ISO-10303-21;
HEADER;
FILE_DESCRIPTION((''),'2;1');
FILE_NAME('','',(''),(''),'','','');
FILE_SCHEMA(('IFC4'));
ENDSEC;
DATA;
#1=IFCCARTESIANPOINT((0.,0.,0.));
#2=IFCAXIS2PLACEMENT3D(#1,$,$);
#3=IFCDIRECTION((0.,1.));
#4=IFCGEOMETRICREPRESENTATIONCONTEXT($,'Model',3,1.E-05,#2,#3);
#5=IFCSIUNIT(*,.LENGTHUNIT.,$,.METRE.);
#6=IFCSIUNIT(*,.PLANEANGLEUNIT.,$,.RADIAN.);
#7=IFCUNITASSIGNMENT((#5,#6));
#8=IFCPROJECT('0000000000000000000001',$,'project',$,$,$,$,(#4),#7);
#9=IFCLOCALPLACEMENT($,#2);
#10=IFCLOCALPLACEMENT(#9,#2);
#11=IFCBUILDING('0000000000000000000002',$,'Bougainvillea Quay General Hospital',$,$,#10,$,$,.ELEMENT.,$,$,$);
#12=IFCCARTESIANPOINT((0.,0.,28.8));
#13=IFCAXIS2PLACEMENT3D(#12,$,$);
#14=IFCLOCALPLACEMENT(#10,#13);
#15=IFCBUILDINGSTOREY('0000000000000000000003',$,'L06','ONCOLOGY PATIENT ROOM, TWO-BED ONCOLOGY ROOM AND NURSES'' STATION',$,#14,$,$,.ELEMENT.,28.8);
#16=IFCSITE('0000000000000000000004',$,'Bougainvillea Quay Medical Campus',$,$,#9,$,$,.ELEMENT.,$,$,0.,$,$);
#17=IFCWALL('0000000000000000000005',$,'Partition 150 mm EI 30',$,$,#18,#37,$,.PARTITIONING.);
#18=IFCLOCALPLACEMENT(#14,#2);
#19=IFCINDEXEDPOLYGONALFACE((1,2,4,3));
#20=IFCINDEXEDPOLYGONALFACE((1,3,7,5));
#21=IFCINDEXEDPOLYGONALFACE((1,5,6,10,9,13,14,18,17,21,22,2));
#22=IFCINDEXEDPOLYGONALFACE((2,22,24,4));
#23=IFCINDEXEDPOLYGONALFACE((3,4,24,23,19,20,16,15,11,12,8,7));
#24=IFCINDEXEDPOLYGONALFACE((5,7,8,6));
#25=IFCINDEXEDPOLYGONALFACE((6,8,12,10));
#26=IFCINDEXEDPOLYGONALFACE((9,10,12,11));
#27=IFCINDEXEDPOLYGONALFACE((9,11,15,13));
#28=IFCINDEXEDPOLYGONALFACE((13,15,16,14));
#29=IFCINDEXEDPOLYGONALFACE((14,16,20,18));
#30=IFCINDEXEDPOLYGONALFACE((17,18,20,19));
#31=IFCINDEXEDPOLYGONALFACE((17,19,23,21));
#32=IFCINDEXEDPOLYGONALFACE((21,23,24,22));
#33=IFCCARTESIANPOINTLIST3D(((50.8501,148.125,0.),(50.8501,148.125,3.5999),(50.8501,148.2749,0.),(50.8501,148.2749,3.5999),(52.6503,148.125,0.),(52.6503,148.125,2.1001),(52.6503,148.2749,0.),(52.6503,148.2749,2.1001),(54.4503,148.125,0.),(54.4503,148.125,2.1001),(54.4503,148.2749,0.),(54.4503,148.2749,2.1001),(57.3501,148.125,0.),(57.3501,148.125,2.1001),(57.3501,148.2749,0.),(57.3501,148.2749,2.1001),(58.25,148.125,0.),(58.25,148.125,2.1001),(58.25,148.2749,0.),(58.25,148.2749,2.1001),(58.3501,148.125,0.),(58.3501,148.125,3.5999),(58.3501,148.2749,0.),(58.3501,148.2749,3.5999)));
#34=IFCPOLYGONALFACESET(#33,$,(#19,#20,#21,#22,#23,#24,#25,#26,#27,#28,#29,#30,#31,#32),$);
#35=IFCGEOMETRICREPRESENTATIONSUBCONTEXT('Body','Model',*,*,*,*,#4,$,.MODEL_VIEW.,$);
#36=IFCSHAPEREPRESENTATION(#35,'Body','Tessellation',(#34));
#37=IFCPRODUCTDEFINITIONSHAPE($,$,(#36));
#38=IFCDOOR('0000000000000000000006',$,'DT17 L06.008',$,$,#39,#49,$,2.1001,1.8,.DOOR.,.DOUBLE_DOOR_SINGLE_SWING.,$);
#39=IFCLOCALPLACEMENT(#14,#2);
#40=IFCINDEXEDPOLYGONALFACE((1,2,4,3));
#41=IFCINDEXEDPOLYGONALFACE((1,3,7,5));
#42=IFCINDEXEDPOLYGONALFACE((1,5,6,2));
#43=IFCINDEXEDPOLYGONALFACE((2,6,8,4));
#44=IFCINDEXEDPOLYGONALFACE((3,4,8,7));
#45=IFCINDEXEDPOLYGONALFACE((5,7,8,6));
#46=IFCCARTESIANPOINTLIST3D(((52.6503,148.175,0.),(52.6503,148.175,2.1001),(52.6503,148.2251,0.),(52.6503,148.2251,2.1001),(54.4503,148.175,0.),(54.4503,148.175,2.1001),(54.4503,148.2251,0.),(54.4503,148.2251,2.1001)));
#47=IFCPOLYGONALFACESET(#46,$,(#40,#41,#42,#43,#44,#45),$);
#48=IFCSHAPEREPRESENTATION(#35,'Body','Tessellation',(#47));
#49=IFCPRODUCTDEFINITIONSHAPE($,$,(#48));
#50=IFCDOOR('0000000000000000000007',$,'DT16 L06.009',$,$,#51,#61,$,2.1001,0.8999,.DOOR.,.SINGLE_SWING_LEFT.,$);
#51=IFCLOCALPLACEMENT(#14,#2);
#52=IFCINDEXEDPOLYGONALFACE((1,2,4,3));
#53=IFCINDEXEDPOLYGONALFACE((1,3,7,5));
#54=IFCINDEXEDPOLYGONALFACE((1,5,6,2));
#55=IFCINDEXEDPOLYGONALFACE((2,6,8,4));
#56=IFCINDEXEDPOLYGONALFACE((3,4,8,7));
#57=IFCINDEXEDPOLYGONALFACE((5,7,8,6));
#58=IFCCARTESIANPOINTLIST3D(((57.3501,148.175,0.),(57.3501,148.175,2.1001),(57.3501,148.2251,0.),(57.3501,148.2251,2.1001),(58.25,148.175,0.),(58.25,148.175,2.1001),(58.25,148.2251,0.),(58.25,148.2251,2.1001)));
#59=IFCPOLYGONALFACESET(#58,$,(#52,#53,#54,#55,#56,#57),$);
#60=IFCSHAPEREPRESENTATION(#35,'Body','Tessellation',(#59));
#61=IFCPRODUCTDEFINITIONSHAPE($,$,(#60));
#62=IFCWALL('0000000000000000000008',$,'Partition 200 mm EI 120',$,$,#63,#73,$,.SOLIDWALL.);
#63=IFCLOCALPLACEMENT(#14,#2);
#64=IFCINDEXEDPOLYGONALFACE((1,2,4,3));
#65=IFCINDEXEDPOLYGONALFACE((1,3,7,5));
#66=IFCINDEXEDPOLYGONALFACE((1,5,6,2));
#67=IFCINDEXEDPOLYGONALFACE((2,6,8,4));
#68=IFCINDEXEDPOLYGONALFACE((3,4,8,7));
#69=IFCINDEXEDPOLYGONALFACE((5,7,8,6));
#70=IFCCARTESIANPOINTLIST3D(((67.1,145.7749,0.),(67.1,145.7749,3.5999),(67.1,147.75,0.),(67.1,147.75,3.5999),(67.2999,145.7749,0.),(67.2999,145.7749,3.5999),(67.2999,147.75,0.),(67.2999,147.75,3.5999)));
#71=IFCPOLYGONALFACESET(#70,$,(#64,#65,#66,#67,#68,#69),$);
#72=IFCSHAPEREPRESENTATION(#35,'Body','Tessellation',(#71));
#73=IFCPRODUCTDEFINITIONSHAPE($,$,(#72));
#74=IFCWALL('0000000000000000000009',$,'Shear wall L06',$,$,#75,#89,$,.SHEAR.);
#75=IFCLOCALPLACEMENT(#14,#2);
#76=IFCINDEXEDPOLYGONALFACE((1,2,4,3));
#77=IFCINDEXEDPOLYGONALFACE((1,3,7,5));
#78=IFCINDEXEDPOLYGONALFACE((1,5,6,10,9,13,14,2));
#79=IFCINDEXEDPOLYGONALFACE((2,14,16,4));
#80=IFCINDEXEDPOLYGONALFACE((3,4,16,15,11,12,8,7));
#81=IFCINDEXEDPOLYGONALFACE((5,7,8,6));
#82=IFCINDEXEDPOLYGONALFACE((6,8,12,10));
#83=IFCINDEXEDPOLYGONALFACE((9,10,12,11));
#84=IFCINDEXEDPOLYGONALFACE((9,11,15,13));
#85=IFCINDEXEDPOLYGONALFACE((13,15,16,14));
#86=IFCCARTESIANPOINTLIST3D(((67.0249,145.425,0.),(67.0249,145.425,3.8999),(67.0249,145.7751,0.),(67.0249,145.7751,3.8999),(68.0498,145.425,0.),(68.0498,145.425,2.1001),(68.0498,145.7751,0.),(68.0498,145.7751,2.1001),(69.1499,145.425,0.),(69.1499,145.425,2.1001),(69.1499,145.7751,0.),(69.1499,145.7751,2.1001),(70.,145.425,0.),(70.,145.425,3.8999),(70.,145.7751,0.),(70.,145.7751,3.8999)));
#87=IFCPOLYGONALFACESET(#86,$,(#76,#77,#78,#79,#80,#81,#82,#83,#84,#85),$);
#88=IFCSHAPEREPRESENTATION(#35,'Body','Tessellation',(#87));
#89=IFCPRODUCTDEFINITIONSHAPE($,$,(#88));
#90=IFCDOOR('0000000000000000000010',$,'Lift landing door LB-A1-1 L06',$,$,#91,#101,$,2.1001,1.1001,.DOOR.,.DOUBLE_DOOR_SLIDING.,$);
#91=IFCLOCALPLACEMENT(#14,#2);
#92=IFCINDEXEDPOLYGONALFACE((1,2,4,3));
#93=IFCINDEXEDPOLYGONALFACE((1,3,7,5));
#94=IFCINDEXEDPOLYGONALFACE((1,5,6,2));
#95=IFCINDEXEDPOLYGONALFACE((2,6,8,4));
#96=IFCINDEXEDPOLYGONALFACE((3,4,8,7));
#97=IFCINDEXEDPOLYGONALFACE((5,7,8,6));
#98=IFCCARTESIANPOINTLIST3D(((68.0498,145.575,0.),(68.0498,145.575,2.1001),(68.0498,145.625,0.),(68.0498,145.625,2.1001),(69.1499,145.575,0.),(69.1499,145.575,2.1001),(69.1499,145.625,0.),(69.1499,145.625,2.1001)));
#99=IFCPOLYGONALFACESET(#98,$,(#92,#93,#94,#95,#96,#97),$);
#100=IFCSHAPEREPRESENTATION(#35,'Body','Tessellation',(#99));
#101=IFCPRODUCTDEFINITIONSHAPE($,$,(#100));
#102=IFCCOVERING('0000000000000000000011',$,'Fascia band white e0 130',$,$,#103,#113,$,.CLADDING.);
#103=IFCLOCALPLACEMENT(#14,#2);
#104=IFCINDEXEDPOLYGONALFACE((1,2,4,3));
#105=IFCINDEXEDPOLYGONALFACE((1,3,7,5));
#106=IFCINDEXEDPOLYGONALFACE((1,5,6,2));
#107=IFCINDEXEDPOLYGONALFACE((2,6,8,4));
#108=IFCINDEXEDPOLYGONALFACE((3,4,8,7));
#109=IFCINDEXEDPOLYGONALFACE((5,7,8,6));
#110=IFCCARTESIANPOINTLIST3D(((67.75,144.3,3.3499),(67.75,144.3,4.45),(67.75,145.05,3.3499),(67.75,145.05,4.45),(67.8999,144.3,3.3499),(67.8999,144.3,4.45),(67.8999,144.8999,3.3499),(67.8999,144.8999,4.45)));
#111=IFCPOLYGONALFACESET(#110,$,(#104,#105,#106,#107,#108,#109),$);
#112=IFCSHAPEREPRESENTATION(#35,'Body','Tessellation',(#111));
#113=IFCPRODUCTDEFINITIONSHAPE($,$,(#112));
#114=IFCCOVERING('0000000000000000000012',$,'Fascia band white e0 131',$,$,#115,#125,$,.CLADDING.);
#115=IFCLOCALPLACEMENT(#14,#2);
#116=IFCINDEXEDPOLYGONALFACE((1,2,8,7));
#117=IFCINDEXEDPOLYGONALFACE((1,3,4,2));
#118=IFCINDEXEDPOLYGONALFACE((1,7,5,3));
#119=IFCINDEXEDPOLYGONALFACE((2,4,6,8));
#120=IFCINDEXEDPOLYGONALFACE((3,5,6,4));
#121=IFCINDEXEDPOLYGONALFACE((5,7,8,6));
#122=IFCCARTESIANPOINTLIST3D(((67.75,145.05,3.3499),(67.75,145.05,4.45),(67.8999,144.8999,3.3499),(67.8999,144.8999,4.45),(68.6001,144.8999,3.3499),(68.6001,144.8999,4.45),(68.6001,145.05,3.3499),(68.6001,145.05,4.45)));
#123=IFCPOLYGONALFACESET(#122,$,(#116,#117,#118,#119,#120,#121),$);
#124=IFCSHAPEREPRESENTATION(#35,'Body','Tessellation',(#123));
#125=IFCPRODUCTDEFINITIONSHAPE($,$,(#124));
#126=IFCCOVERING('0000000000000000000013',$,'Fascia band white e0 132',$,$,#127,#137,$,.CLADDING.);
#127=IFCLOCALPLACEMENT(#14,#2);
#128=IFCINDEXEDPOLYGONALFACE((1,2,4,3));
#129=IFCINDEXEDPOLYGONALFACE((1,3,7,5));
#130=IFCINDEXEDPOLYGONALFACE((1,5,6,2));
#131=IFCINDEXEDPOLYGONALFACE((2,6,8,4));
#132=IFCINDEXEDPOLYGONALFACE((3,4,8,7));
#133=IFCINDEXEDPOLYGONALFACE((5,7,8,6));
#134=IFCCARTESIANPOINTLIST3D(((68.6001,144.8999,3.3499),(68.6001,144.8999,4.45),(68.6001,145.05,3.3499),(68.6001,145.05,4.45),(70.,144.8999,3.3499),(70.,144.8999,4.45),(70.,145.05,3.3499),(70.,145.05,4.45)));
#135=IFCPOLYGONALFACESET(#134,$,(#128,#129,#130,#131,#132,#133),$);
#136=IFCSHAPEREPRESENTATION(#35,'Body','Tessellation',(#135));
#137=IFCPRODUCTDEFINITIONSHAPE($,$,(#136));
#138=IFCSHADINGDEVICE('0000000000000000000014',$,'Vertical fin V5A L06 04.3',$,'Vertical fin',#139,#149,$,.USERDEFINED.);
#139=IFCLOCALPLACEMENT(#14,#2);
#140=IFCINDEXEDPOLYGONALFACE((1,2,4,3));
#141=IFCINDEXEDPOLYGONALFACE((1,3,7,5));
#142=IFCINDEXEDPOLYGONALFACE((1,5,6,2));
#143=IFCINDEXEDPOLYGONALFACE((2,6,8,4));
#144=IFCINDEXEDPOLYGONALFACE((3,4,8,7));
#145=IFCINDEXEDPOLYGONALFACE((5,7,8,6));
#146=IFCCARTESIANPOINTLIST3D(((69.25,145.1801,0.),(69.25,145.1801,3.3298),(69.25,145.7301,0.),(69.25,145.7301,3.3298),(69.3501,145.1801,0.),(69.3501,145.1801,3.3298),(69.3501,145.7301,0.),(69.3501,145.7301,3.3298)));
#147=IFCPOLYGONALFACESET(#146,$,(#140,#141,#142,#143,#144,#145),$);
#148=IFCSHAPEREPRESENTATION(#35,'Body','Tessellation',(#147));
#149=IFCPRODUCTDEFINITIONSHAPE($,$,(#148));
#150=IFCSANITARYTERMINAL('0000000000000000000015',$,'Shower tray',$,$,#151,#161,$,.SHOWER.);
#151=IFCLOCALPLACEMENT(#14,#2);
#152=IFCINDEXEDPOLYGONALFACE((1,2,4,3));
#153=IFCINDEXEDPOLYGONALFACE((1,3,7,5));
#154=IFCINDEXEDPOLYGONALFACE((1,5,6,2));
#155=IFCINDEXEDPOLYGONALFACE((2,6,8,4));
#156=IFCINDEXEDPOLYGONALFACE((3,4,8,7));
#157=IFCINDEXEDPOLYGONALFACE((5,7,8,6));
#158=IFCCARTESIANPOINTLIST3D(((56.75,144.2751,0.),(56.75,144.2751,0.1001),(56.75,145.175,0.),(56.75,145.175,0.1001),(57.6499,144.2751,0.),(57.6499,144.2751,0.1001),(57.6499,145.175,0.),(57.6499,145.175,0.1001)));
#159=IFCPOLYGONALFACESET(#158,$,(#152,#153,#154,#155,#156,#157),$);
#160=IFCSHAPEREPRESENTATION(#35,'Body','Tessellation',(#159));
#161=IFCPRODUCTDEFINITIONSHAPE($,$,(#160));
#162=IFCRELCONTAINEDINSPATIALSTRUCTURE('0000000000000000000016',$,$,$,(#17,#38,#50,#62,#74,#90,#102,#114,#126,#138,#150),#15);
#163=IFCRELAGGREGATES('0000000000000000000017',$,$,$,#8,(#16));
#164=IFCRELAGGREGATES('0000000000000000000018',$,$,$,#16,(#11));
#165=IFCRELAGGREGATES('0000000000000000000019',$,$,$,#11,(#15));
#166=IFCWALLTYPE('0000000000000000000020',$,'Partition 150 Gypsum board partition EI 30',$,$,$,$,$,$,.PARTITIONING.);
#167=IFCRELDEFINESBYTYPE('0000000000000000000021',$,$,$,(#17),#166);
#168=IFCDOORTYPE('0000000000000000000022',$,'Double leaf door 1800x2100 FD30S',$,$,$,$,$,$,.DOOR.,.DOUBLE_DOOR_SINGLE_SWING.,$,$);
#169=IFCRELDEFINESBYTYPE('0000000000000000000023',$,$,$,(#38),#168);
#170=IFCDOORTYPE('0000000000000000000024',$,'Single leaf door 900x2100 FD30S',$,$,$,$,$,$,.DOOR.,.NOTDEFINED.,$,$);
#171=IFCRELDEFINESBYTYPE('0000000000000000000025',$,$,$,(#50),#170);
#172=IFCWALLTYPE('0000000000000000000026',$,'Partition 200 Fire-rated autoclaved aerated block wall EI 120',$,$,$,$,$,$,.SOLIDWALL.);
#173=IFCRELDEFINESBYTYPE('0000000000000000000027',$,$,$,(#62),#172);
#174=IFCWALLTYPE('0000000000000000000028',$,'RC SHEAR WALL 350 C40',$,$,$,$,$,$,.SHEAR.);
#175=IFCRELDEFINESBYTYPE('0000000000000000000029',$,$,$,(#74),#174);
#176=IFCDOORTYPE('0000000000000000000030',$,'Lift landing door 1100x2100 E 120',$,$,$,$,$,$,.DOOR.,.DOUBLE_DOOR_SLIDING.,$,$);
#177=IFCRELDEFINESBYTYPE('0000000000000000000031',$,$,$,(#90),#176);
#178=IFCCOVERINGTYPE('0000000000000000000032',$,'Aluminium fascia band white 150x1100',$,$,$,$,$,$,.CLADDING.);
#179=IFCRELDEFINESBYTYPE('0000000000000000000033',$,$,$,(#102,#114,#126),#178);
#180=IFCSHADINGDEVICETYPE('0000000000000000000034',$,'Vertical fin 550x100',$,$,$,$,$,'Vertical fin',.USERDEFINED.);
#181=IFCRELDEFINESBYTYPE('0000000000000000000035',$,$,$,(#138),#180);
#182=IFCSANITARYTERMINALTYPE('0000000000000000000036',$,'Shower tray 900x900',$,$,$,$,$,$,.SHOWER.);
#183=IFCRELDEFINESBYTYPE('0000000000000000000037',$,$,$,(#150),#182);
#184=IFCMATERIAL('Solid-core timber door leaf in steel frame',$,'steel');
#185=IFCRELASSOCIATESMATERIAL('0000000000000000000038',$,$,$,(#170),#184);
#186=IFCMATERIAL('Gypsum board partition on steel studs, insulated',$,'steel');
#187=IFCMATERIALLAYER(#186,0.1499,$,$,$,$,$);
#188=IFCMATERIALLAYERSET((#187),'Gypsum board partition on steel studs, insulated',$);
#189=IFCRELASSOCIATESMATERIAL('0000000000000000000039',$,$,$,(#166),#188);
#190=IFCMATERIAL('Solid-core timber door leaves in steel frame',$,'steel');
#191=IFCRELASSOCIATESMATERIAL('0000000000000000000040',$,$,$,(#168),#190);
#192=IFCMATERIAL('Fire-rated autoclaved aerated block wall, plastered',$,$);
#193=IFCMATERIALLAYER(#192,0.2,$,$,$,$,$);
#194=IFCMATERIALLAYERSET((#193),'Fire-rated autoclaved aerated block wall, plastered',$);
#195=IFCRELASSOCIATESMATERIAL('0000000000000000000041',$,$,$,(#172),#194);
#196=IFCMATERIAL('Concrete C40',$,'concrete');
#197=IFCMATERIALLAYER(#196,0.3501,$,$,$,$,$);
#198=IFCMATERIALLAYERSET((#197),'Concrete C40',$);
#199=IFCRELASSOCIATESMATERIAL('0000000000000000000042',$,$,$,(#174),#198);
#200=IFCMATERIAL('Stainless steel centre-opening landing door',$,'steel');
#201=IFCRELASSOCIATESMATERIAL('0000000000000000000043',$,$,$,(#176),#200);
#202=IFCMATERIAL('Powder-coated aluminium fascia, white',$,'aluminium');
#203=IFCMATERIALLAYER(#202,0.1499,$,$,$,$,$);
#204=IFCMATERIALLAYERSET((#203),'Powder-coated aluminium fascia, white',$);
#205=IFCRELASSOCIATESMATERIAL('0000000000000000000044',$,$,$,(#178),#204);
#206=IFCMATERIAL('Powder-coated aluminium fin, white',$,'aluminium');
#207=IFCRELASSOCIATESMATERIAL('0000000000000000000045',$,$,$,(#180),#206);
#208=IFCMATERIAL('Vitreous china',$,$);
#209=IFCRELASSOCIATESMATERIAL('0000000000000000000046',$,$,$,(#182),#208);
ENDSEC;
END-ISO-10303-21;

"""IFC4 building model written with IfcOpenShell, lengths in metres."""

from ifc_helpers import new_model, si_unit, direction, frame, frame_2d, origin, origin_2d, place, context, subcontext, project, spatial, polyline, rectangle, outline, extrude, material, layer, layer_set, material_profile, profile_set, type_object, element, fill, save


model = new_model("IFC4")

# Units and contexts
model_context = context("Model", 3, precision=1e-05, world=origin(), true_north=direction((0.0, 1.0)))
body_context = subcontext(model_context, "Body", "Model", "MODEL_VIEW")
ifc_project = project(units=[si_unit("LENGTHUNIT", "METRE"), si_unit("PLANEANGLEUNIT", "RADIAN")], contexts=[model_context])

# Site, building, storey
site_placement = place(None, origin())
site = spatial("IfcSite", under=ifc_project, at=site_placement, Name="Bougainvillea Quay Medical Campus", CompositionType="ELEMENT", RefElevation=0.0)
building_placement = place(site_placement, origin())
building = spatial("IfcBuilding", under=site, at=building_placement, Name="Bougainvillea Quay General Hospital", CompositionType="ELEMENT")
storey_placement = place(building_placement, frame((0.0, 0.0, 28.8)))
storey = spatial("IfcBuildingStorey", under=building, at=storey_placement, Name="L06", Description="ONCOLOGY PATIENT ROOM, TWO-BED ONCOLOGY ROOM AND NURSES' STATION", CompositionType="ELEMENT", Elevation=28.8)

# Shared definitions
ifc_material_1 = material(Name="Gypsum board partition on steel studs, insulated", Category="steel")
ifc_material_2 = material(Name="Solid-core timber door leaf in steel frame", Category="steel")
door_type_1 = type_object("IfcDoorType", Name="Single leaf door 900x2100 FD30S", OperationType="NOTDEFINED", PredefinedType="DOOR", material=ifc_material_2)

# Wall, openings, doors
ifc_layer_1 = layer(ifc_material_1, 0.1499)
ifc_layer_set_1 = layer_set([ifc_layer_1], Name="Gypsum board partition on steel studs, insulated")
wall_type_1 = type_object("IfcWallType", Name="Partition 150 Gypsum board partition EI 30", PredefinedType="PARTITIONING", material=ifc_layer_set_1)
wall_1_placement = place(storey_placement, frame((58.3501, 148.2, 0.0), z_axis=(0.0, 0.0, 1.0), x_axis=(-1.0, 0.0, 0.0)))
wall_1 = element("IfcWall", 1, at=wall_1_placement, inside=storey, type_object=wall_type_1, Name="Partition 150 mm EI 30", PredefinedType="PARTITIONING", context=body_context, shape_type="SweptSolid", body=[
    extrude(rectangle(XDim=7.5, YDim=0.1499, at=frame_2d((3.75, 0.0))), origin(), (0.0, 0.0, 1.0), 3.5999),
])
opening_1_placement = place(wall_1_placement, frame((3.8999, 0.0, 0.0)))
opening_1 = element("IfcOpeningElement", 2, at=opening_1_placement, cuts=wall_1, PredefinedType="OPENING", context=body_context, shape_type="SweptSolid", body=[
    extrude(rectangle(XDim=1.8, YDim=2.1001, at=frame_2d((0.8999, 1.05))), frame((0.0, 0.085, 0.0), z_axis=(0.0, -1.0, 0.0), x_axis=(1.0, 0.0, 0.0)), (0.0, 0.0, 1.0), 0.1699),
])
opening_2_placement = place(wall_1_placement, frame((0.1001, 0.0, 0.0)))
opening_2 = element("IfcOpeningElement", 3, at=opening_2_placement, cuts=wall_1, PredefinedType="OPENING", context=body_context, shape_type="SweptSolid", body=[
    extrude(rectangle(XDim=0.8999, YDim=2.1001, at=frame_2d((0.45, 1.05))), frame((0.0, 0.085, 0.0), z_axis=(0.0, -1.0, 0.0), x_axis=(1.0, 0.0, 0.0)), (0.0, 0.0, 1.0), 0.1699),
])
ifc_material_3 = material(Name="Solid-core timber door leaves in steel frame", Category="steel")
door_type_2 = type_object("IfcDoorType", Name="Double leaf door 1800x2100 FD30S", OperationType="DOUBLE_DOOR_SINGLE_SWING", PredefinedType="DOOR", material=ifc_material_3)
door_1_placement = place(opening_1_placement, origin())
door_1 = element("IfcDoor", 4, at=door_1_placement, inside=storey, type_object=door_type_2, Name="DT17 L06.008", OperationType="DOUBLE_DOOR_SINGLE_SWING", OverallHeight=2.1001, OverallWidth=1.8, PredefinedType="DOOR", context=body_context, shape_type="SweptSolid", body=[
    extrude(rectangle(XDim=1.8, YDim=2.1001, at=frame_2d((0.8999, 1.05))), frame((0.0, 0.0249, 0.0), z_axis=(0.0, -1.0, 0.0), x_axis=(1.0, 0.0, 0.0)), (0.0, 0.0, 1.0), 0.05),
])
fill(opening_1, door_1)
door_2_placement = place(opening_2_placement, origin())
door_2 = element("IfcDoor", 5, at=door_2_placement, inside=storey, type_object=door_type_1, Name="DT16 L06.009", OperationType="SINGLE_SWING_LEFT", OverallHeight=2.1001, OverallWidth=0.8999, PredefinedType="DOOR", context=body_context, shape_type="SweptSolid", body=[
    extrude(rectangle(XDim=0.8999, YDim=2.1001, at=frame_2d((0.45, 1.05))), frame((0.0, 0.0249, 0.0), z_axis=(0.0, -1.0, 0.0), x_axis=(1.0, 0.0, 0.0)), (0.0, 0.0, 1.0), 0.05),
])
fill(opening_2, door_2)

# Wall
ifc_material_4 = material(Name="Fire-rated autoclaved aerated block wall, plastered")
ifc_layer_2 = layer(ifc_material_4, 0.2)
ifc_layer_set_2 = layer_set([ifc_layer_2], Name="Fire-rated autoclaved aerated block wall, plastered")
wall_type_2 = type_object("IfcWallType", Name="Partition 200 Fire-rated autoclaved aerated block wall EI 120", PredefinedType="SOLIDWALL", material=ifc_layer_set_2)
wall_2_placement = place(storey_placement, frame((67.2, 145.7749, 0.0), z_axis=(0.0, 0.0, 1.0), x_axis=(0.0, 1.0, 0.0)))
element("IfcWall", 6, at=wall_2_placement, inside=storey, type_object=wall_type_2, Name="Partition 200 mm EI 120", PredefinedType="SOLIDWALL", context=body_context, shape_type="SweptSolid", body=[
    extrude(rectangle(XDim=1.9751, YDim=0.2, at=frame_2d((0.9875, 0.0))), origin(), (0.0, 0.0, 1.0), 3.5999),
])

# Wall, opening, door
ifc_material_5 = material(Name="Concrete C40", Category="concrete")
ifc_layer_3 = layer(ifc_material_5, 0.3501)
ifc_layer_set_3 = layer_set([ifc_layer_3], Name="Concrete C40")
wall_type_3 = type_object("IfcWallType", Name="RC SHEAR WALL 350 C40", PredefinedType="SHEAR", material=ifc_layer_set_3)
wall_3_placement = place(storey_placement, frame((67.0249, 145.6001, 0.0), z_axis=(0.0, 0.0, 1.0), x_axis=(1.0, 0.0, 0.0)))
wall_3 = element("IfcWall", 7, at=wall_3_placement, inside=storey, type_object=wall_type_3, Name="Shear wall L06", PredefinedType="SHEAR", context=body_context, shape_type="SweptSolid", body=[
    extrude(rectangle(XDim=2.9751, YDim=0.3501, at=frame_2d((1.4875, 0.0))), origin(), (0.0, 0.0, 1.0), 3.8999),
])
opening_3_placement = place(wall_3_placement, frame((1.0249, 0.0, 0.0)))
opening_3 = element("IfcOpeningElement", 8, at=opening_3_placement, cuts=wall_3, PredefinedType="OPENING", context=body_context, shape_type="SweptSolid", body=[
    extrude(rectangle(XDim=1.1001, YDim=2.1001, at=frame_2d((0.55, 1.05))), frame((0.0, 0.1851, 0.0), z_axis=(0.0, -1.0, 0.0), x_axis=(1.0, 0.0, 0.0)), (0.0, 0.0, 1.0), 0.3701),
])
ifc_material_6 = material(Name="Stainless steel centre-opening landing door", Category="steel")
door_type_3 = type_object("IfcDoorType", Name="Lift landing door 1100x2100 E 120", OperationType="DOUBLE_DOOR_SLIDING", PredefinedType="DOOR", material=ifc_material_6)
door_3_placement = place(opening_3_placement, origin())
door_3 = element("IfcDoor", 9, at=door_3_placement, inside=storey, type_object=door_type_3, Name="Lift landing door LB-A1-1 L06", OperationType="DOUBLE_DOOR_SLIDING", OverallHeight=2.1001, OverallWidth=1.1001, PredefinedType="DOOR", context=body_context, shape_type="SweptSolid", body=[
    extrude(rectangle(XDim=1.1001, YDim=2.1001, at=frame_2d((0.55, 1.05))), frame((0.0, 0.0249, 0.0), z_axis=(0.0, -1.0, 0.0), x_axis=(1.0, 0.0, 0.0)), (0.0, 0.0, 1.0), 0.05),
])
fill(opening_3, door_3)

# Coverings
ifc_material_7 = material(Name="Powder-coated aluminium fascia, white", Category="aluminium")
ifc_layer_4 = layer(ifc_material_7, 0.1499)
ifc_layer_set_4 = layer_set([ifc_layer_4], Name="Powder-coated aluminium fascia, white")
covering_type = type_object("IfcCoveringType", Name="Aluminium fascia band white 150x1100", PredefinedType="CLADDING", material=ifc_layer_set_4)
covering_1_placement = place(storey_placement, frame((67.75, 144.3, 3.3499), z_axis=(0.0, 0.0, 1.0), x_axis=(0.0, 1.0, 0.0)))
element("IfcCovering", 10, at=covering_1_placement, inside=storey, type_object=covering_type, Name="Fascia band white e0 130", PredefinedType="CLADDING", context=body_context, shape_type="SweptSolid", body=[
    extrude(outline(polyline([(0.0, 0.0), (0.75, 0.0), (0.5999, -0.1499), (0.0, -0.1499), (0.0, 0.0)])), origin(), (0.0, 0.0, 1.0), 1.1001),
])
covering_2_placement = place(storey_placement, frame((67.75, 145.05, 3.3499), z_axis=(0.0, 0.0, 1.0), x_axis=(1.0, 0.0, 0.0)))
element("IfcCovering", 11, at=covering_2_placement, inside=storey, type_object=covering_type, Name="Fascia band white e0 131", PredefinedType="CLADDING", context=body_context, shape_type="SweptSolid", body=[
    extrude(outline(polyline([(0.0, 0.0), (0.8501, 0.0), (0.8501, -0.1501), (0.1499, -0.1501), (0.0, 0.0)])), origin(), (0.0, 0.0, 1.0), 1.1001),
])
covering_3_placement = place(storey_placement, frame((68.6001, 145.05, 3.3499), z_axis=(0.0, 0.0, 1.0), x_axis=(1.0, 0.0, 0.0)))
element("IfcCovering", 12, at=covering_3_placement, inside=storey, type_object=covering_type, Name="Fascia band white e0 132", PredefinedType="CLADDING", context=body_context, shape_type="SweptSolid", body=[
    extrude(outline(polyline([(0.0, 0.0), (1.3999, 0.0), (1.3999, -0.1501), (0.0, -0.1501), (0.0, 0.0)])), origin(), (0.0, 0.0, 1.0), 1.1001),
])

# Shading device
ifc_material_8 = material(Name="Powder-coated aluminium fin, white", Category="aluminium")
ifc_material_profile_1 = material_profile(ifc_material_8, rectangle(XDim=0.55, YDim=0.1001, at=origin_2d()))
ifc_profile_set_1 = profile_set([ifc_material_profile_1], Name="Powder-coated aluminium fin, white")
shading_device_type = type_object("IfcShadingDeviceType", Name="Vertical fin 550x100", ElementType="Vertical fin", PredefinedType="USERDEFINED", material=ifc_profile_set_1)
shading_device_placement = place(storey_placement, frame((69.3, 145.4551, 0.0), z_axis=(0.0, 0.0, 1.0), x_axis=(0.0, -1.0, 0.0)))
element("IfcShadingDevice", 13, at=shading_device_placement, inside=storey, type_object=shading_device_type, Name="Vertical fin V5A L06 04.3", ObjectType="Vertical fin", PredefinedType="USERDEFINED", context=body_context, shape_type="SweptSolid", body=[
    extrude(rectangle(XDim=0.55, YDim=0.1001, at=origin_2d()), origin(), (0.0, 0.0, 1.0), 3.3298),
])

# Sanitary terminal
ifc_material_9 = material(Name="Vitreous china")
sanitary_terminal_type_1 = type_object("IfcSanitaryTerminalType", Name="Shower tray 900x900", PredefinedType="SHOWER", material=ifc_material_9)
for number, where, z_axis, x_axis, name in (
    (14, (57.2, 144.7251, 0.0), (0.0, 0.0, 1.0), (0.0, 1.0, 0.0), "Shower tray"),
):
    element("IfcSanitaryTerminal", number, at=place(storey_placement, frame(where, z_axis=z_axis, x_axis=x_axis)), inside=storey, type_object=sanitary_terminal_type_1, Name=name, PredefinedType="SHOWER", context=body_context, shape_type="SweptSolid", body=[
        extrude(rectangle(XDim=0.8999, YDim=0.8999, at=origin_2d()), origin(), (0.0, 0.0, 1.0), 0.1001),
    ])

save(model, "model.ifc")
